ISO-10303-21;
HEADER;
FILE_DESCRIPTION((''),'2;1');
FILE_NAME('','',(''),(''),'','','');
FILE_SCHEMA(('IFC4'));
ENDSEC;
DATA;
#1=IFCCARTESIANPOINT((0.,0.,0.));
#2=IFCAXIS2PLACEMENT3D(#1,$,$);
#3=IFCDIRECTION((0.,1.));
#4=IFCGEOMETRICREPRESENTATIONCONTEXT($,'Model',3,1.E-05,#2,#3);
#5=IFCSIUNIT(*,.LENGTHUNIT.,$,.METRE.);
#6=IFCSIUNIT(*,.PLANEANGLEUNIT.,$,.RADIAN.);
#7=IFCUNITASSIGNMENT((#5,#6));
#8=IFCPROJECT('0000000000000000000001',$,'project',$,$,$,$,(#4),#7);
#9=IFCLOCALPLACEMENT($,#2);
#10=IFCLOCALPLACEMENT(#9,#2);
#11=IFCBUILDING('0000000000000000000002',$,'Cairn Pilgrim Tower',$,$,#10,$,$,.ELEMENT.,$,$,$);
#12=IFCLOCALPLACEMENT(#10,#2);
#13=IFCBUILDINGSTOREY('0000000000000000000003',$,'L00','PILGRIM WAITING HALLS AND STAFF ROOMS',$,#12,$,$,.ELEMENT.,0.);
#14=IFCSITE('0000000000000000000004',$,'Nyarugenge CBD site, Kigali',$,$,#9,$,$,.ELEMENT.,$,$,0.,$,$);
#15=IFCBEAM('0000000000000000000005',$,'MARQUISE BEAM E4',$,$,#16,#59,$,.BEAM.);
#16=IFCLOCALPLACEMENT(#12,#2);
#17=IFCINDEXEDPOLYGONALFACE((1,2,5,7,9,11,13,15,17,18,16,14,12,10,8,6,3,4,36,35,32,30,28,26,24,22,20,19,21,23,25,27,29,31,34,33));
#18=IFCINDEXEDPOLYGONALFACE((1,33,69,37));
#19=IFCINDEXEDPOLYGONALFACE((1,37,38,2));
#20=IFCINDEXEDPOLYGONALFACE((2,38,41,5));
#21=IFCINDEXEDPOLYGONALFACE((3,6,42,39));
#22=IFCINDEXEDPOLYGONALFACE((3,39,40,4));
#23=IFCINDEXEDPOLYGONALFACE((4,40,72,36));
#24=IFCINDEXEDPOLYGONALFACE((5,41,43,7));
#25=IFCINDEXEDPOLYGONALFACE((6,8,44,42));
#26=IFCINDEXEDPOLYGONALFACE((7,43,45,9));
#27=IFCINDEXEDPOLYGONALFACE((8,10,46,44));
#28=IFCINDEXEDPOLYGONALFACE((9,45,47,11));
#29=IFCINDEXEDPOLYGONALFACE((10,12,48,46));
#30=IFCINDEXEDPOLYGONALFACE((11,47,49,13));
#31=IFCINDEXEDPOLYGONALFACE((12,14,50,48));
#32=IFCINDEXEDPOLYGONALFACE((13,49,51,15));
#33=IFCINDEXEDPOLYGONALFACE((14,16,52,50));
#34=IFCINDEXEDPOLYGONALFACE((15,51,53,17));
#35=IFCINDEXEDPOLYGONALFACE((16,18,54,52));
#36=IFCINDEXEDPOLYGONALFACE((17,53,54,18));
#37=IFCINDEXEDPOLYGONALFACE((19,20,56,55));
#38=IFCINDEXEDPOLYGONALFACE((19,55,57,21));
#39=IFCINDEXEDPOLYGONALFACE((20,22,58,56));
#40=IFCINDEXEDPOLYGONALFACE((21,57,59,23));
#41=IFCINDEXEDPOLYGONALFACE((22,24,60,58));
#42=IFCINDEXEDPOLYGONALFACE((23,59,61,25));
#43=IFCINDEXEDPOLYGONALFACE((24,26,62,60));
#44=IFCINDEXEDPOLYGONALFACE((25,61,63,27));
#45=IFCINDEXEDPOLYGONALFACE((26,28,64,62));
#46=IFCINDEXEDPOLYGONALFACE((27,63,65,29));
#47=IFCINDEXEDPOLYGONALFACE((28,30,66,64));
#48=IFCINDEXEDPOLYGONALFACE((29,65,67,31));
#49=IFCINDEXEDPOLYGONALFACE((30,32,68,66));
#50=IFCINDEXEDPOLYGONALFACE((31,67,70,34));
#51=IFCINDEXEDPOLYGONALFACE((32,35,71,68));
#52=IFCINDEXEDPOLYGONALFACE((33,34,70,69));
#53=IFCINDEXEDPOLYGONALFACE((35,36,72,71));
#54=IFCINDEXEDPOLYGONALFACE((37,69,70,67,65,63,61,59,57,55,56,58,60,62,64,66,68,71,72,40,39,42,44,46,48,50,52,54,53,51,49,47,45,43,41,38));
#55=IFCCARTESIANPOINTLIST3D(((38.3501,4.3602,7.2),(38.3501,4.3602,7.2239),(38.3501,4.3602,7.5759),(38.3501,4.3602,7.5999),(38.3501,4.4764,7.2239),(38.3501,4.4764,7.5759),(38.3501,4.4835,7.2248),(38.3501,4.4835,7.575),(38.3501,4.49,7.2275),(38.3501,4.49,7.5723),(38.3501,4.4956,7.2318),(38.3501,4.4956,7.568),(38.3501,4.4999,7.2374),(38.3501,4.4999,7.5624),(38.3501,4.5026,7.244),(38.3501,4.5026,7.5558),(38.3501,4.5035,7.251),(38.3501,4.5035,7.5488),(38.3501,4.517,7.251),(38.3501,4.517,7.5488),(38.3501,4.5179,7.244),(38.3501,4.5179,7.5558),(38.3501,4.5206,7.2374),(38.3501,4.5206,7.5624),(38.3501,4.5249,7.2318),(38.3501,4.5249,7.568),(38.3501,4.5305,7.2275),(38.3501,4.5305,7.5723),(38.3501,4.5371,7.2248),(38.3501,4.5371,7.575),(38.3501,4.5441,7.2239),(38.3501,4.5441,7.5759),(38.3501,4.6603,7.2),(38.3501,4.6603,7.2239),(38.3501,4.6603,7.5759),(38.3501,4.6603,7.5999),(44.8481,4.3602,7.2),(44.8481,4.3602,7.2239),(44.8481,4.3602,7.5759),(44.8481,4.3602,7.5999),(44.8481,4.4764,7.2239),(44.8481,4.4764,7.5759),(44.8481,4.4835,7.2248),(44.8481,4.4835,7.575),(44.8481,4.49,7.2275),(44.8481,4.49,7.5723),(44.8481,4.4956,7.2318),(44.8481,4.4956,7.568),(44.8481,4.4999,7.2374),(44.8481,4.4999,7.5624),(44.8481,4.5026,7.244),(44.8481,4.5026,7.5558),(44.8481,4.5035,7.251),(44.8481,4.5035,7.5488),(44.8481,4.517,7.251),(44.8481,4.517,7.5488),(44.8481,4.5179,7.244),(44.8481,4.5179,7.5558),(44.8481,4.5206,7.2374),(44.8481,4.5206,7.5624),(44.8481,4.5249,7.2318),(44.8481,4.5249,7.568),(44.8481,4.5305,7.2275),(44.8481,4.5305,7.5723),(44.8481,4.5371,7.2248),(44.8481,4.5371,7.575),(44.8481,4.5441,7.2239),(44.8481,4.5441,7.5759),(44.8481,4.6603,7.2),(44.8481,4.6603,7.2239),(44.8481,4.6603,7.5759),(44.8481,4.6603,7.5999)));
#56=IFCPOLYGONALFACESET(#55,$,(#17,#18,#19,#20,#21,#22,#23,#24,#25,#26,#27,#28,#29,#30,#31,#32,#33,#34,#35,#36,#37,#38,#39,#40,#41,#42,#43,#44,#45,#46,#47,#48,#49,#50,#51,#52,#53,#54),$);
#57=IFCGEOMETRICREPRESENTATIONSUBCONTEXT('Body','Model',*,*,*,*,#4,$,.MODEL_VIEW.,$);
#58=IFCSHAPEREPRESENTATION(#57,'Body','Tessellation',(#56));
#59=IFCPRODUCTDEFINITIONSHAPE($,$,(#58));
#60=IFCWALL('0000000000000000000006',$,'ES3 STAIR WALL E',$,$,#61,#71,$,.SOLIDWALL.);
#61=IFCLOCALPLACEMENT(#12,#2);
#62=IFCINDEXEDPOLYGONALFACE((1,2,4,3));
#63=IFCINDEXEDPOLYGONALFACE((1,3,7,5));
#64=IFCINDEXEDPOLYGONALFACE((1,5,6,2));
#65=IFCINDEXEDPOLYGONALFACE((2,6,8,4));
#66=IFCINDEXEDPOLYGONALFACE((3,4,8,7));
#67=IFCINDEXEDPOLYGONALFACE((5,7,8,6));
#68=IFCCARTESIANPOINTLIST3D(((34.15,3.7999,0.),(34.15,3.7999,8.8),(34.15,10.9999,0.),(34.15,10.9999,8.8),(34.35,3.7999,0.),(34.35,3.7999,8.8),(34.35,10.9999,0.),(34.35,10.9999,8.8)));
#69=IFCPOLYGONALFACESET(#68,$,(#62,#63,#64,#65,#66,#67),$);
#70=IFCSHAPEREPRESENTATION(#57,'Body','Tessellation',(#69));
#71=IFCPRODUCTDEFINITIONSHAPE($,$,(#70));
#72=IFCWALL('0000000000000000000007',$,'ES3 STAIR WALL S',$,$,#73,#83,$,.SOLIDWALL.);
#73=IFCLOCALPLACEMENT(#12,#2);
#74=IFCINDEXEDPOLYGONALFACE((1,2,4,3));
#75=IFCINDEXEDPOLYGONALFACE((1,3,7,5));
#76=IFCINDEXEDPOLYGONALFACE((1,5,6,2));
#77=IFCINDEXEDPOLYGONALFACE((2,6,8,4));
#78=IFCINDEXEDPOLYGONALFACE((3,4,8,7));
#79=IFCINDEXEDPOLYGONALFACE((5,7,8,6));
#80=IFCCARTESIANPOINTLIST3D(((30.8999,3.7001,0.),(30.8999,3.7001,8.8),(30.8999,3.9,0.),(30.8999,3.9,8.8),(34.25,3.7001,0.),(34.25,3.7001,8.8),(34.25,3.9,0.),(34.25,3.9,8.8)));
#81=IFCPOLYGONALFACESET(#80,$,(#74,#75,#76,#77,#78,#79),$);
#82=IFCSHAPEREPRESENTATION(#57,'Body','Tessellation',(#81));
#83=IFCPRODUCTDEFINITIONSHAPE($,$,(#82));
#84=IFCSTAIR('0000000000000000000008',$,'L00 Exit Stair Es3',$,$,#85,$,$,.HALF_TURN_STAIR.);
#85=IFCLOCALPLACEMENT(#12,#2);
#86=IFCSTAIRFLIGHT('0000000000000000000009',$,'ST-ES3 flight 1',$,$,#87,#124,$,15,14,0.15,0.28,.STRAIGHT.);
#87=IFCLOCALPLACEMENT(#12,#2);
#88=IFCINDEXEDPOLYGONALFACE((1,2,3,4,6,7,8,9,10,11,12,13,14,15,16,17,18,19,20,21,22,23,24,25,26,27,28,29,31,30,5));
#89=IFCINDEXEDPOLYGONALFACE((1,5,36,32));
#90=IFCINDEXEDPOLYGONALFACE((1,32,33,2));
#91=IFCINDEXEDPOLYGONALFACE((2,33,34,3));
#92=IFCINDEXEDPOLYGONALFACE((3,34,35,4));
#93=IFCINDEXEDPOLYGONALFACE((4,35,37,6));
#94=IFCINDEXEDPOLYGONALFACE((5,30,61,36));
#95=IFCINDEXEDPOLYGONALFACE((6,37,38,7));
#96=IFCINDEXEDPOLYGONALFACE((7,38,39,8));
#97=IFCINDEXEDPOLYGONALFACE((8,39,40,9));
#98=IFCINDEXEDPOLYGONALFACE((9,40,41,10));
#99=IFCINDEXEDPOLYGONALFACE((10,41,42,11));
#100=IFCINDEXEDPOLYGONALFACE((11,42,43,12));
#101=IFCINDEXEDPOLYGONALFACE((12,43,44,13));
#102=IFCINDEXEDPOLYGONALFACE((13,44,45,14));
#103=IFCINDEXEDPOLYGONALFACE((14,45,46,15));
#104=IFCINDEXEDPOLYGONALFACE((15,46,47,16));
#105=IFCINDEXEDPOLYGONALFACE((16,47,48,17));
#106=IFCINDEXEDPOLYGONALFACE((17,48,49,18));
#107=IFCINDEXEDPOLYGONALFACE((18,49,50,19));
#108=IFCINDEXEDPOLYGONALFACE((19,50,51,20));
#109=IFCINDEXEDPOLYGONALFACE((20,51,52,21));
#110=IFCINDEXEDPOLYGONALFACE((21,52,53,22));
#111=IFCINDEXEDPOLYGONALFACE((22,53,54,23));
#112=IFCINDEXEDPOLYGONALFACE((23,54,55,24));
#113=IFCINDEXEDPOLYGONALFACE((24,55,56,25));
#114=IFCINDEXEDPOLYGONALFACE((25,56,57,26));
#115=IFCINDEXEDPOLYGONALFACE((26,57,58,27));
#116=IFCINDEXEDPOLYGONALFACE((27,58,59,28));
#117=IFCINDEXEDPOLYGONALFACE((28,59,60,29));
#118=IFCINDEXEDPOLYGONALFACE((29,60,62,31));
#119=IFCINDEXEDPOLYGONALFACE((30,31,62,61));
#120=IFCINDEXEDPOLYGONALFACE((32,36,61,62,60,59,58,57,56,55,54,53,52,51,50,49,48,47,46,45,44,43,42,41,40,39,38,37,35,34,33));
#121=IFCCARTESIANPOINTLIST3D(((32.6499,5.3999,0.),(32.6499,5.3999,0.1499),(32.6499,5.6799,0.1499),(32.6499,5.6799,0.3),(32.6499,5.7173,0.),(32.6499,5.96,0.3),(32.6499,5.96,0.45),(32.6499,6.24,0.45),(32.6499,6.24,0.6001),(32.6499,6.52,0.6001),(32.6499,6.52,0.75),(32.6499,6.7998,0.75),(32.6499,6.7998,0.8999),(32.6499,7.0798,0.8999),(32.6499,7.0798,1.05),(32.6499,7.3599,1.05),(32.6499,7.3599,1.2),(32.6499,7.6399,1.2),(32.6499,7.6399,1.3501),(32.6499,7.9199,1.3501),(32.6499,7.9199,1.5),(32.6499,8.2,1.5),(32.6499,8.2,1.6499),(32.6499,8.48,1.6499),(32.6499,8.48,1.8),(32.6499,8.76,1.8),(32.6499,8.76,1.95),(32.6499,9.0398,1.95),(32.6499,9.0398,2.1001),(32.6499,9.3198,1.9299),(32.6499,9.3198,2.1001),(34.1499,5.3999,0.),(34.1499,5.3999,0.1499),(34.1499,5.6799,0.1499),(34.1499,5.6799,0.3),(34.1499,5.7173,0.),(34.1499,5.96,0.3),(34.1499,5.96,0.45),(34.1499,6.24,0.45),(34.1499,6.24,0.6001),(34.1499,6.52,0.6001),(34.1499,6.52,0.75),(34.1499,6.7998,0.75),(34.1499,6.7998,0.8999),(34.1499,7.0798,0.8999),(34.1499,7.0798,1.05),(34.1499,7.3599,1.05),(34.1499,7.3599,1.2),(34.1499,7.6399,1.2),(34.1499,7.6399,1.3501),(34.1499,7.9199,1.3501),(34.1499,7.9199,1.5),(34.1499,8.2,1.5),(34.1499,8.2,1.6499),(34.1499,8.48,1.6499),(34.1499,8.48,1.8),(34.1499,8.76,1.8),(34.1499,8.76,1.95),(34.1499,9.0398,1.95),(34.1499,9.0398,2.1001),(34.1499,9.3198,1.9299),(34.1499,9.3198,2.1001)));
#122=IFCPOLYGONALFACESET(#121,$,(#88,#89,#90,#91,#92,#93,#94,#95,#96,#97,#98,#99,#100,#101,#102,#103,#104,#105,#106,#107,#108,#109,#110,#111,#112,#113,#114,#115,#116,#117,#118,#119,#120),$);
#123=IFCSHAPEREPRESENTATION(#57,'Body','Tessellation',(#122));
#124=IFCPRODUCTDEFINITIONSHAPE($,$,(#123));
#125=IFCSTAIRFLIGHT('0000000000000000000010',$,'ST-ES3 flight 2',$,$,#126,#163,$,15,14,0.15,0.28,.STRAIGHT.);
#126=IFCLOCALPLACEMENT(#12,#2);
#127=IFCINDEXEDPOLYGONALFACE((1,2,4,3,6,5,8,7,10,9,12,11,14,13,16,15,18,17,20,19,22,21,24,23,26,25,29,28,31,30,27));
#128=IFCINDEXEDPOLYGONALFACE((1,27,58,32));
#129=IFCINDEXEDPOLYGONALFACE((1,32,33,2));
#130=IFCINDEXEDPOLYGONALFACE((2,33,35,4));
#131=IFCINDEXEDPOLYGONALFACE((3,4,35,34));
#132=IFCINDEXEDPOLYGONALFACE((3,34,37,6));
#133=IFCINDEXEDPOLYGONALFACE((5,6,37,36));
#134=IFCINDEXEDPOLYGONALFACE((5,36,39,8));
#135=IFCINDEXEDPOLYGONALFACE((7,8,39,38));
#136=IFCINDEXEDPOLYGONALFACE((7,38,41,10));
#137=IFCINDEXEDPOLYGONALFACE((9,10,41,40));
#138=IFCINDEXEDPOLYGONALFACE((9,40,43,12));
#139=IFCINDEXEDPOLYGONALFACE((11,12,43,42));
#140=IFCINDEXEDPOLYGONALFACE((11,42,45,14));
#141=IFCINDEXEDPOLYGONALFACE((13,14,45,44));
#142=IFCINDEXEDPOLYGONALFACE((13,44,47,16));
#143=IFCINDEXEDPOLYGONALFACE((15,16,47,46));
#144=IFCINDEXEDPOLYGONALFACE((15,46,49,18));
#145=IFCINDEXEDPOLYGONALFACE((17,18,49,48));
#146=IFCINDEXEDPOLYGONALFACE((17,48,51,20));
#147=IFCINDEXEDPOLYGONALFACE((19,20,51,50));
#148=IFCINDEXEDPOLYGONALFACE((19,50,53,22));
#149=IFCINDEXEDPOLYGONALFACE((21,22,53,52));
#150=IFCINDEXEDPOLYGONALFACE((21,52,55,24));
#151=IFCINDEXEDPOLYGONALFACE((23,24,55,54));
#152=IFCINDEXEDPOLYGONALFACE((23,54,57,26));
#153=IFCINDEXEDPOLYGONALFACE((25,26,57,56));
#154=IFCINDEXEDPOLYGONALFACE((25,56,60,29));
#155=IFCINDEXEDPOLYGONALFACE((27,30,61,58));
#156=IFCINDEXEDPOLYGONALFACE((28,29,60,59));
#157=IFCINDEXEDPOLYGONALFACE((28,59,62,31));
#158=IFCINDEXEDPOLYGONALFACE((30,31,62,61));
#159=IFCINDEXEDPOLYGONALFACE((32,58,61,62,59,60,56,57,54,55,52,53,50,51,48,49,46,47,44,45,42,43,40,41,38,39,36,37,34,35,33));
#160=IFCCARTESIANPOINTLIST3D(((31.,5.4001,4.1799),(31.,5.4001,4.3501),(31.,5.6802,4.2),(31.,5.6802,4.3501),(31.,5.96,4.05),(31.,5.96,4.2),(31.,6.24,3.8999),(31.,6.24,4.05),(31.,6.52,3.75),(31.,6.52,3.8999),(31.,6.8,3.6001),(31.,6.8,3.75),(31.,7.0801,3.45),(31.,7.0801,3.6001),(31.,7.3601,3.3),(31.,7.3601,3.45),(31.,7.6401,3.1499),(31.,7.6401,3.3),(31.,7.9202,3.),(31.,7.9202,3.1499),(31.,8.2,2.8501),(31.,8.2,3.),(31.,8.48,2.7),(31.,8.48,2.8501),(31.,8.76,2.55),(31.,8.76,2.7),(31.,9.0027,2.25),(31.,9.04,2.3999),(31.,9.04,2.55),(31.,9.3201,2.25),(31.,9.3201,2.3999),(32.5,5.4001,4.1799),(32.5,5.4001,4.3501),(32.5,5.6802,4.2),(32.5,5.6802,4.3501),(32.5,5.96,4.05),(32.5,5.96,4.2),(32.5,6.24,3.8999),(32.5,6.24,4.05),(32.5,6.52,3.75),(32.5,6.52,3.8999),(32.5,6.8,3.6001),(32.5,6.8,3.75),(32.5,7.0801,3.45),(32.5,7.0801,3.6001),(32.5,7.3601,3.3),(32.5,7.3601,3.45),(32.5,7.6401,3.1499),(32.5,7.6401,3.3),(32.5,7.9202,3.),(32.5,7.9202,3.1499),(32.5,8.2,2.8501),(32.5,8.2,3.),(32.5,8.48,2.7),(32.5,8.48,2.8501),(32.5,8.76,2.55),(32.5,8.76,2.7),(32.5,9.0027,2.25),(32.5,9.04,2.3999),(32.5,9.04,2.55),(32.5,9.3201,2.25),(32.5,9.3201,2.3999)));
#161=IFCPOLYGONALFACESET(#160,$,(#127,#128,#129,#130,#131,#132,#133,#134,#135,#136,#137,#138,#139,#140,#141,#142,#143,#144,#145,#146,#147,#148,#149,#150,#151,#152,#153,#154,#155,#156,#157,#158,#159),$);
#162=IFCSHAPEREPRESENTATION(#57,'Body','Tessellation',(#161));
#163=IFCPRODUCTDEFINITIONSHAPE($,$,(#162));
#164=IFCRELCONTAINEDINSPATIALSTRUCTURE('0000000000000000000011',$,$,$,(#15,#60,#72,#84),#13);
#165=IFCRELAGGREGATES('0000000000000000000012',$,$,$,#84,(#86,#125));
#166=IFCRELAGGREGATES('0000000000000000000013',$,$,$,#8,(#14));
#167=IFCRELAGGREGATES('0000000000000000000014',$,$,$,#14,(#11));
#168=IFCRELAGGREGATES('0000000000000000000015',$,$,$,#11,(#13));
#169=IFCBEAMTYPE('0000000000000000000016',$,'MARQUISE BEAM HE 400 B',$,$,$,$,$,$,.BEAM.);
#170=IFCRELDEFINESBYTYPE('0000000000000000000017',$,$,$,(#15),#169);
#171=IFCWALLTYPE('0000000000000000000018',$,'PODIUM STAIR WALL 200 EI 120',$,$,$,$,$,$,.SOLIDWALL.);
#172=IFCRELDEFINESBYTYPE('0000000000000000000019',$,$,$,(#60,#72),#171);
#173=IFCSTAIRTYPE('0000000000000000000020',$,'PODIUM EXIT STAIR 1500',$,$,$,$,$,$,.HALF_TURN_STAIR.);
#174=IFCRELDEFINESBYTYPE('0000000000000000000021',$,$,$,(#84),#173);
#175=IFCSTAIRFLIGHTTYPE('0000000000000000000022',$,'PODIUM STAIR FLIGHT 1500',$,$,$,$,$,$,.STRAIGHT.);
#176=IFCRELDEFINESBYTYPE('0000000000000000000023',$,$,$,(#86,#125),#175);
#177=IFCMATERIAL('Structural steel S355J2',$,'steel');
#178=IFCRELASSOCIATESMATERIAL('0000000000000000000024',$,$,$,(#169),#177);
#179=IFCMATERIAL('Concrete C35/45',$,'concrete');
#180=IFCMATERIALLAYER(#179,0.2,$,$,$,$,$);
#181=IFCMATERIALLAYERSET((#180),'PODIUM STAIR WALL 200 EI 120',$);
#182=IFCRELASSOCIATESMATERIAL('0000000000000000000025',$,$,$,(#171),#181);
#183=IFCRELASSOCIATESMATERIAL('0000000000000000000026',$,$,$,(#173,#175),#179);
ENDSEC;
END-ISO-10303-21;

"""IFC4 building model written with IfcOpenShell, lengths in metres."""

from ifc_helpers import new_model, si_unit, direction, frame, frame_2d, origin, origin_2d, place, context, subcontext, project, spatial, polyline, rectangle, i_section, outline, extrude, material, layer, layer_set, material_profile, profile_set, type_object, element, aggregate, save


model = new_model("IFC4")

# Units and contexts
model_context = context("Model", 3, precision=1e-05, world=origin(), true_north=direction((0.0, 1.0)))
body_context = subcontext(model_context, "Body", "Model", "MODEL_VIEW")
ifc_project = project(units=[si_unit("LENGTHUNIT", "METRE"), si_unit("PLANEANGLEUNIT", "RADIAN")], contexts=[model_context])

# Site, building, storey
site_placement = place(None, origin())
site = spatial("IfcSite", under=ifc_project, at=site_placement, Name="Nyarugenge CBD site, Kigali", CompositionType="ELEMENT", RefElevation=0.0)
building_placement = place(site_placement, origin())
building = spatial("IfcBuilding", under=site, at=building_placement, Name="Cairn Pilgrim Tower", CompositionType="ELEMENT")
storey_placement = place(building_placement, origin())
storey = spatial("IfcBuildingStorey", under=building, at=storey_placement, Name="L00", Description="PILGRIM WAITING HALLS AND STAFF ROOMS", CompositionType="ELEMENT", Elevation=0.0)

# Shared definitions
ifc_material_1 = material(Name="Concrete C35/45", Category="concrete")

# Shared definitions
ifc_material_2 = material(Name="Structural steel S355J2", Category="steel")

# Beam
ifc_material_profile_1 = material_profile(ifc_material_2, i_section(OverallWidth=0.3, OverallDepth=0.3999, WebThickness=0.0134, FlangeThickness=0.0239, FilletRadius=0.0271, at=origin_2d()), Name="HE 400 B")
ifc_profile_set_1 = profile_set([ifc_material_profile_1], Name="Structural steel S355J2")
beam_type = type_object("IfcBeamType", Name="MARQUISE BEAM HE 400 B", PredefinedType="BEAM", material=ifc_profile_set_1)
beam_placement = place(storey_placement, frame((38.3501, 4.5103, 7.3999), z_axis=(1.0, 0.0, 0.0), x_axis=(0.0, 1.0, 0.0)))
element("IfcBeam", 1, at=beam_placement, inside=storey, type_object=beam_type, Name="MARQUISE BEAM E4", PredefinedType="BEAM", context=body_context, shape_type="SweptSolid", body=[
    extrude(i_section(OverallWidth=0.3, OverallDepth=0.3999, WebThickness=0.0134, FlangeThickness=0.0239, FilletRadius=0.0271, at=origin_2d()), origin(), (0.0, 0.0, 1.0), 6.498),
])

# Walls
ifc_layer = layer(ifc_material_1, 0.2)
ifc_layer_set = layer_set([ifc_layer], Name="PODIUM STAIR WALL 200 EI 120")
wall_type = type_object("IfcWallType", Name="PODIUM STAIR WALL 200 EI 120", PredefinedType="SOLIDWALL", material=ifc_layer_set)
wall_1_placement = place(storey_placement, frame((34.25, 11.0, 0.0), z_axis=(0.0, 0.0, 1.0), x_axis=(0.0, -1.0, 0.0)))
element("IfcWall", 2, at=wall_1_placement, inside=storey, type_object=wall_type, Name="ES3 STAIR WALL E", PredefinedType="SOLIDWALL", context=body_context, shape_type="SweptSolid", body=[
    extrude(rectangle(XDim=7.2, YDim=0.2, at=frame_2d((3.6001, 0.0))), origin(), (0.0, 0.0, 1.0), 8.8),
])
wall_2_placement = place(storey_placement, frame((34.25, 3.8, 0.0), z_axis=(0.0, 0.0, 1.0), x_axis=(-1.0, 0.0, 0.0)))
element("IfcWall", 3, at=wall_2_placement, inside=storey, type_object=wall_type, Name="ES3 STAIR WALL S", PredefinedType="SOLIDWALL", context=body_context, shape_type="SweptSolid", body=[
    extrude(rectangle(XDim=3.3501, YDim=0.2, at=frame_2d((1.675, 0.0))), origin(), (0.0, 0.0, 1.0), 8.8),
])

# Stair, stair flights
stair_type = type_object("IfcStairType", Name="PODIUM EXIT STAIR 1500", PredefinedType="HALF_TURN_STAIR", material=ifc_material_1)
stair_placement = place(storey_placement, origin())
stair = element("IfcStair", 4, at=stair_placement, inside=storey, type_object=stair_type, Name="L00 Exit Stair Es3", PredefinedType="HALF_TURN_STAIR")
stair_flight_type = type_object("IfcStairFlightType", Name="PODIUM STAIR FLIGHT 1500", PredefinedType="STRAIGHT", material=ifc_material_1)
stair_flight_1_placement = place(storey_placement, frame((33.3999, 5.3999, 0.0), z_axis=(0.0, 0.0, 1.0), x_axis=(0.0, 1.0, 0.0)))
stair_flight_1 = element("IfcStairFlight", 5, at=stair_flight_1_placement, type_object=stair_flight_type, Name="ST-ES3 flight 1", NumberOfRisers=15, NumberOfTreads=14, PredefinedType="STRAIGHT", RiserHeight=0.15, TreadLength=0.28, context=body_context, shape_type="SweptSolid", body=[
    extrude(outline(polyline([(0.0, 0.0), (0.0, 0.1499), (0.28, 0.1499), (0.28, 0.3), (0.5601, 0.3), (0.5601, 0.45), (0.8401, 0.45), (0.8401, 0.6001), (1.1201, 0.6001), (1.1201, 0.75), (1.3999, 0.75), (1.3999, 0.8999), (1.6799, 0.8999), (1.6799, 1.05), (1.96, 1.05), (1.96, 1.2), (2.24, 1.2), (2.24, 1.3501), (2.52, 1.3501), (2.52, 1.5), (2.8, 1.5), (2.8, 1.6499), (3.0801, 1.6499), (3.0801, 1.8), (3.3601, 1.8), (3.3601, 1.95), (3.6399, 1.95), (3.6399, 2.1001), (3.9199, 2.1001), (3.9199, 2.25), (3.9199, 1.9299), (0.3174, 0.0), (0.0, 0.0)])), frame((0.0, 0.75, 0.0), z_axis=(0.0, -1.0, 0.0), x_axis=(1.0, 0.0, 0.0)), (0.0, 0.0, 1.0), 1.5),
])
stair_flight_2_placement = place(storey_placement, frame((31.75, 9.3201, 2.25), z_axis=(0.0, 0.0, 1.0), x_axis=(0.0, -1.0, 0.0)))
stair_flight_2 = element("IfcStairFlight", 6, at=stair_flight_2_placement, type_object=stair_flight_type, Name="ST-ES3 flight 2", NumberOfRisers=15, NumberOfTreads=14, PredefinedType="STRAIGHT", RiserHeight=0.15, TreadLength=0.28, context=body_context, shape_type="SweptSolid", body=[
    extrude(outline(polyline([(0.0, 0.0), (0.0, 0.1499), (0.28, 0.1499), (0.28, 0.3), (0.5601, 0.3), (0.5601, 0.45), (0.8401, 0.45), (0.8401, 0.6001), (1.1201, 0.6001), (1.1201, 0.75), (1.3999, 0.75), (1.3999, 0.8999), (1.6799, 0.8999), (1.6799, 1.05), (1.96, 1.05), (1.96, 1.2), (2.24, 1.2), (2.24, 1.3501), (2.52, 1.3501), (2.52, 1.5), (2.8, 1.5), (2.8, 1.6499), (3.0801, 1.6499), (3.0801, 1.8), (3.3601, 1.8), (3.3601, 1.95), (3.6399, 1.95), (3.6399, 2.1001), (3.9199, 2.1001), (3.9199, 2.25), (3.9199, 1.9299), (0.3174, 0.0), (0.0, 0.0)])), frame((0.0, 0.75, 0.0), z_axis=(0.0, -1.0, 0.0), x_axis=(1.0, 0.0, 0.0)), (0.0, 0.0, 1.0), 1.5),
])
aggregate(stair, [stair_flight_1, stair_flight_2])

save(model, "model.ifc")
